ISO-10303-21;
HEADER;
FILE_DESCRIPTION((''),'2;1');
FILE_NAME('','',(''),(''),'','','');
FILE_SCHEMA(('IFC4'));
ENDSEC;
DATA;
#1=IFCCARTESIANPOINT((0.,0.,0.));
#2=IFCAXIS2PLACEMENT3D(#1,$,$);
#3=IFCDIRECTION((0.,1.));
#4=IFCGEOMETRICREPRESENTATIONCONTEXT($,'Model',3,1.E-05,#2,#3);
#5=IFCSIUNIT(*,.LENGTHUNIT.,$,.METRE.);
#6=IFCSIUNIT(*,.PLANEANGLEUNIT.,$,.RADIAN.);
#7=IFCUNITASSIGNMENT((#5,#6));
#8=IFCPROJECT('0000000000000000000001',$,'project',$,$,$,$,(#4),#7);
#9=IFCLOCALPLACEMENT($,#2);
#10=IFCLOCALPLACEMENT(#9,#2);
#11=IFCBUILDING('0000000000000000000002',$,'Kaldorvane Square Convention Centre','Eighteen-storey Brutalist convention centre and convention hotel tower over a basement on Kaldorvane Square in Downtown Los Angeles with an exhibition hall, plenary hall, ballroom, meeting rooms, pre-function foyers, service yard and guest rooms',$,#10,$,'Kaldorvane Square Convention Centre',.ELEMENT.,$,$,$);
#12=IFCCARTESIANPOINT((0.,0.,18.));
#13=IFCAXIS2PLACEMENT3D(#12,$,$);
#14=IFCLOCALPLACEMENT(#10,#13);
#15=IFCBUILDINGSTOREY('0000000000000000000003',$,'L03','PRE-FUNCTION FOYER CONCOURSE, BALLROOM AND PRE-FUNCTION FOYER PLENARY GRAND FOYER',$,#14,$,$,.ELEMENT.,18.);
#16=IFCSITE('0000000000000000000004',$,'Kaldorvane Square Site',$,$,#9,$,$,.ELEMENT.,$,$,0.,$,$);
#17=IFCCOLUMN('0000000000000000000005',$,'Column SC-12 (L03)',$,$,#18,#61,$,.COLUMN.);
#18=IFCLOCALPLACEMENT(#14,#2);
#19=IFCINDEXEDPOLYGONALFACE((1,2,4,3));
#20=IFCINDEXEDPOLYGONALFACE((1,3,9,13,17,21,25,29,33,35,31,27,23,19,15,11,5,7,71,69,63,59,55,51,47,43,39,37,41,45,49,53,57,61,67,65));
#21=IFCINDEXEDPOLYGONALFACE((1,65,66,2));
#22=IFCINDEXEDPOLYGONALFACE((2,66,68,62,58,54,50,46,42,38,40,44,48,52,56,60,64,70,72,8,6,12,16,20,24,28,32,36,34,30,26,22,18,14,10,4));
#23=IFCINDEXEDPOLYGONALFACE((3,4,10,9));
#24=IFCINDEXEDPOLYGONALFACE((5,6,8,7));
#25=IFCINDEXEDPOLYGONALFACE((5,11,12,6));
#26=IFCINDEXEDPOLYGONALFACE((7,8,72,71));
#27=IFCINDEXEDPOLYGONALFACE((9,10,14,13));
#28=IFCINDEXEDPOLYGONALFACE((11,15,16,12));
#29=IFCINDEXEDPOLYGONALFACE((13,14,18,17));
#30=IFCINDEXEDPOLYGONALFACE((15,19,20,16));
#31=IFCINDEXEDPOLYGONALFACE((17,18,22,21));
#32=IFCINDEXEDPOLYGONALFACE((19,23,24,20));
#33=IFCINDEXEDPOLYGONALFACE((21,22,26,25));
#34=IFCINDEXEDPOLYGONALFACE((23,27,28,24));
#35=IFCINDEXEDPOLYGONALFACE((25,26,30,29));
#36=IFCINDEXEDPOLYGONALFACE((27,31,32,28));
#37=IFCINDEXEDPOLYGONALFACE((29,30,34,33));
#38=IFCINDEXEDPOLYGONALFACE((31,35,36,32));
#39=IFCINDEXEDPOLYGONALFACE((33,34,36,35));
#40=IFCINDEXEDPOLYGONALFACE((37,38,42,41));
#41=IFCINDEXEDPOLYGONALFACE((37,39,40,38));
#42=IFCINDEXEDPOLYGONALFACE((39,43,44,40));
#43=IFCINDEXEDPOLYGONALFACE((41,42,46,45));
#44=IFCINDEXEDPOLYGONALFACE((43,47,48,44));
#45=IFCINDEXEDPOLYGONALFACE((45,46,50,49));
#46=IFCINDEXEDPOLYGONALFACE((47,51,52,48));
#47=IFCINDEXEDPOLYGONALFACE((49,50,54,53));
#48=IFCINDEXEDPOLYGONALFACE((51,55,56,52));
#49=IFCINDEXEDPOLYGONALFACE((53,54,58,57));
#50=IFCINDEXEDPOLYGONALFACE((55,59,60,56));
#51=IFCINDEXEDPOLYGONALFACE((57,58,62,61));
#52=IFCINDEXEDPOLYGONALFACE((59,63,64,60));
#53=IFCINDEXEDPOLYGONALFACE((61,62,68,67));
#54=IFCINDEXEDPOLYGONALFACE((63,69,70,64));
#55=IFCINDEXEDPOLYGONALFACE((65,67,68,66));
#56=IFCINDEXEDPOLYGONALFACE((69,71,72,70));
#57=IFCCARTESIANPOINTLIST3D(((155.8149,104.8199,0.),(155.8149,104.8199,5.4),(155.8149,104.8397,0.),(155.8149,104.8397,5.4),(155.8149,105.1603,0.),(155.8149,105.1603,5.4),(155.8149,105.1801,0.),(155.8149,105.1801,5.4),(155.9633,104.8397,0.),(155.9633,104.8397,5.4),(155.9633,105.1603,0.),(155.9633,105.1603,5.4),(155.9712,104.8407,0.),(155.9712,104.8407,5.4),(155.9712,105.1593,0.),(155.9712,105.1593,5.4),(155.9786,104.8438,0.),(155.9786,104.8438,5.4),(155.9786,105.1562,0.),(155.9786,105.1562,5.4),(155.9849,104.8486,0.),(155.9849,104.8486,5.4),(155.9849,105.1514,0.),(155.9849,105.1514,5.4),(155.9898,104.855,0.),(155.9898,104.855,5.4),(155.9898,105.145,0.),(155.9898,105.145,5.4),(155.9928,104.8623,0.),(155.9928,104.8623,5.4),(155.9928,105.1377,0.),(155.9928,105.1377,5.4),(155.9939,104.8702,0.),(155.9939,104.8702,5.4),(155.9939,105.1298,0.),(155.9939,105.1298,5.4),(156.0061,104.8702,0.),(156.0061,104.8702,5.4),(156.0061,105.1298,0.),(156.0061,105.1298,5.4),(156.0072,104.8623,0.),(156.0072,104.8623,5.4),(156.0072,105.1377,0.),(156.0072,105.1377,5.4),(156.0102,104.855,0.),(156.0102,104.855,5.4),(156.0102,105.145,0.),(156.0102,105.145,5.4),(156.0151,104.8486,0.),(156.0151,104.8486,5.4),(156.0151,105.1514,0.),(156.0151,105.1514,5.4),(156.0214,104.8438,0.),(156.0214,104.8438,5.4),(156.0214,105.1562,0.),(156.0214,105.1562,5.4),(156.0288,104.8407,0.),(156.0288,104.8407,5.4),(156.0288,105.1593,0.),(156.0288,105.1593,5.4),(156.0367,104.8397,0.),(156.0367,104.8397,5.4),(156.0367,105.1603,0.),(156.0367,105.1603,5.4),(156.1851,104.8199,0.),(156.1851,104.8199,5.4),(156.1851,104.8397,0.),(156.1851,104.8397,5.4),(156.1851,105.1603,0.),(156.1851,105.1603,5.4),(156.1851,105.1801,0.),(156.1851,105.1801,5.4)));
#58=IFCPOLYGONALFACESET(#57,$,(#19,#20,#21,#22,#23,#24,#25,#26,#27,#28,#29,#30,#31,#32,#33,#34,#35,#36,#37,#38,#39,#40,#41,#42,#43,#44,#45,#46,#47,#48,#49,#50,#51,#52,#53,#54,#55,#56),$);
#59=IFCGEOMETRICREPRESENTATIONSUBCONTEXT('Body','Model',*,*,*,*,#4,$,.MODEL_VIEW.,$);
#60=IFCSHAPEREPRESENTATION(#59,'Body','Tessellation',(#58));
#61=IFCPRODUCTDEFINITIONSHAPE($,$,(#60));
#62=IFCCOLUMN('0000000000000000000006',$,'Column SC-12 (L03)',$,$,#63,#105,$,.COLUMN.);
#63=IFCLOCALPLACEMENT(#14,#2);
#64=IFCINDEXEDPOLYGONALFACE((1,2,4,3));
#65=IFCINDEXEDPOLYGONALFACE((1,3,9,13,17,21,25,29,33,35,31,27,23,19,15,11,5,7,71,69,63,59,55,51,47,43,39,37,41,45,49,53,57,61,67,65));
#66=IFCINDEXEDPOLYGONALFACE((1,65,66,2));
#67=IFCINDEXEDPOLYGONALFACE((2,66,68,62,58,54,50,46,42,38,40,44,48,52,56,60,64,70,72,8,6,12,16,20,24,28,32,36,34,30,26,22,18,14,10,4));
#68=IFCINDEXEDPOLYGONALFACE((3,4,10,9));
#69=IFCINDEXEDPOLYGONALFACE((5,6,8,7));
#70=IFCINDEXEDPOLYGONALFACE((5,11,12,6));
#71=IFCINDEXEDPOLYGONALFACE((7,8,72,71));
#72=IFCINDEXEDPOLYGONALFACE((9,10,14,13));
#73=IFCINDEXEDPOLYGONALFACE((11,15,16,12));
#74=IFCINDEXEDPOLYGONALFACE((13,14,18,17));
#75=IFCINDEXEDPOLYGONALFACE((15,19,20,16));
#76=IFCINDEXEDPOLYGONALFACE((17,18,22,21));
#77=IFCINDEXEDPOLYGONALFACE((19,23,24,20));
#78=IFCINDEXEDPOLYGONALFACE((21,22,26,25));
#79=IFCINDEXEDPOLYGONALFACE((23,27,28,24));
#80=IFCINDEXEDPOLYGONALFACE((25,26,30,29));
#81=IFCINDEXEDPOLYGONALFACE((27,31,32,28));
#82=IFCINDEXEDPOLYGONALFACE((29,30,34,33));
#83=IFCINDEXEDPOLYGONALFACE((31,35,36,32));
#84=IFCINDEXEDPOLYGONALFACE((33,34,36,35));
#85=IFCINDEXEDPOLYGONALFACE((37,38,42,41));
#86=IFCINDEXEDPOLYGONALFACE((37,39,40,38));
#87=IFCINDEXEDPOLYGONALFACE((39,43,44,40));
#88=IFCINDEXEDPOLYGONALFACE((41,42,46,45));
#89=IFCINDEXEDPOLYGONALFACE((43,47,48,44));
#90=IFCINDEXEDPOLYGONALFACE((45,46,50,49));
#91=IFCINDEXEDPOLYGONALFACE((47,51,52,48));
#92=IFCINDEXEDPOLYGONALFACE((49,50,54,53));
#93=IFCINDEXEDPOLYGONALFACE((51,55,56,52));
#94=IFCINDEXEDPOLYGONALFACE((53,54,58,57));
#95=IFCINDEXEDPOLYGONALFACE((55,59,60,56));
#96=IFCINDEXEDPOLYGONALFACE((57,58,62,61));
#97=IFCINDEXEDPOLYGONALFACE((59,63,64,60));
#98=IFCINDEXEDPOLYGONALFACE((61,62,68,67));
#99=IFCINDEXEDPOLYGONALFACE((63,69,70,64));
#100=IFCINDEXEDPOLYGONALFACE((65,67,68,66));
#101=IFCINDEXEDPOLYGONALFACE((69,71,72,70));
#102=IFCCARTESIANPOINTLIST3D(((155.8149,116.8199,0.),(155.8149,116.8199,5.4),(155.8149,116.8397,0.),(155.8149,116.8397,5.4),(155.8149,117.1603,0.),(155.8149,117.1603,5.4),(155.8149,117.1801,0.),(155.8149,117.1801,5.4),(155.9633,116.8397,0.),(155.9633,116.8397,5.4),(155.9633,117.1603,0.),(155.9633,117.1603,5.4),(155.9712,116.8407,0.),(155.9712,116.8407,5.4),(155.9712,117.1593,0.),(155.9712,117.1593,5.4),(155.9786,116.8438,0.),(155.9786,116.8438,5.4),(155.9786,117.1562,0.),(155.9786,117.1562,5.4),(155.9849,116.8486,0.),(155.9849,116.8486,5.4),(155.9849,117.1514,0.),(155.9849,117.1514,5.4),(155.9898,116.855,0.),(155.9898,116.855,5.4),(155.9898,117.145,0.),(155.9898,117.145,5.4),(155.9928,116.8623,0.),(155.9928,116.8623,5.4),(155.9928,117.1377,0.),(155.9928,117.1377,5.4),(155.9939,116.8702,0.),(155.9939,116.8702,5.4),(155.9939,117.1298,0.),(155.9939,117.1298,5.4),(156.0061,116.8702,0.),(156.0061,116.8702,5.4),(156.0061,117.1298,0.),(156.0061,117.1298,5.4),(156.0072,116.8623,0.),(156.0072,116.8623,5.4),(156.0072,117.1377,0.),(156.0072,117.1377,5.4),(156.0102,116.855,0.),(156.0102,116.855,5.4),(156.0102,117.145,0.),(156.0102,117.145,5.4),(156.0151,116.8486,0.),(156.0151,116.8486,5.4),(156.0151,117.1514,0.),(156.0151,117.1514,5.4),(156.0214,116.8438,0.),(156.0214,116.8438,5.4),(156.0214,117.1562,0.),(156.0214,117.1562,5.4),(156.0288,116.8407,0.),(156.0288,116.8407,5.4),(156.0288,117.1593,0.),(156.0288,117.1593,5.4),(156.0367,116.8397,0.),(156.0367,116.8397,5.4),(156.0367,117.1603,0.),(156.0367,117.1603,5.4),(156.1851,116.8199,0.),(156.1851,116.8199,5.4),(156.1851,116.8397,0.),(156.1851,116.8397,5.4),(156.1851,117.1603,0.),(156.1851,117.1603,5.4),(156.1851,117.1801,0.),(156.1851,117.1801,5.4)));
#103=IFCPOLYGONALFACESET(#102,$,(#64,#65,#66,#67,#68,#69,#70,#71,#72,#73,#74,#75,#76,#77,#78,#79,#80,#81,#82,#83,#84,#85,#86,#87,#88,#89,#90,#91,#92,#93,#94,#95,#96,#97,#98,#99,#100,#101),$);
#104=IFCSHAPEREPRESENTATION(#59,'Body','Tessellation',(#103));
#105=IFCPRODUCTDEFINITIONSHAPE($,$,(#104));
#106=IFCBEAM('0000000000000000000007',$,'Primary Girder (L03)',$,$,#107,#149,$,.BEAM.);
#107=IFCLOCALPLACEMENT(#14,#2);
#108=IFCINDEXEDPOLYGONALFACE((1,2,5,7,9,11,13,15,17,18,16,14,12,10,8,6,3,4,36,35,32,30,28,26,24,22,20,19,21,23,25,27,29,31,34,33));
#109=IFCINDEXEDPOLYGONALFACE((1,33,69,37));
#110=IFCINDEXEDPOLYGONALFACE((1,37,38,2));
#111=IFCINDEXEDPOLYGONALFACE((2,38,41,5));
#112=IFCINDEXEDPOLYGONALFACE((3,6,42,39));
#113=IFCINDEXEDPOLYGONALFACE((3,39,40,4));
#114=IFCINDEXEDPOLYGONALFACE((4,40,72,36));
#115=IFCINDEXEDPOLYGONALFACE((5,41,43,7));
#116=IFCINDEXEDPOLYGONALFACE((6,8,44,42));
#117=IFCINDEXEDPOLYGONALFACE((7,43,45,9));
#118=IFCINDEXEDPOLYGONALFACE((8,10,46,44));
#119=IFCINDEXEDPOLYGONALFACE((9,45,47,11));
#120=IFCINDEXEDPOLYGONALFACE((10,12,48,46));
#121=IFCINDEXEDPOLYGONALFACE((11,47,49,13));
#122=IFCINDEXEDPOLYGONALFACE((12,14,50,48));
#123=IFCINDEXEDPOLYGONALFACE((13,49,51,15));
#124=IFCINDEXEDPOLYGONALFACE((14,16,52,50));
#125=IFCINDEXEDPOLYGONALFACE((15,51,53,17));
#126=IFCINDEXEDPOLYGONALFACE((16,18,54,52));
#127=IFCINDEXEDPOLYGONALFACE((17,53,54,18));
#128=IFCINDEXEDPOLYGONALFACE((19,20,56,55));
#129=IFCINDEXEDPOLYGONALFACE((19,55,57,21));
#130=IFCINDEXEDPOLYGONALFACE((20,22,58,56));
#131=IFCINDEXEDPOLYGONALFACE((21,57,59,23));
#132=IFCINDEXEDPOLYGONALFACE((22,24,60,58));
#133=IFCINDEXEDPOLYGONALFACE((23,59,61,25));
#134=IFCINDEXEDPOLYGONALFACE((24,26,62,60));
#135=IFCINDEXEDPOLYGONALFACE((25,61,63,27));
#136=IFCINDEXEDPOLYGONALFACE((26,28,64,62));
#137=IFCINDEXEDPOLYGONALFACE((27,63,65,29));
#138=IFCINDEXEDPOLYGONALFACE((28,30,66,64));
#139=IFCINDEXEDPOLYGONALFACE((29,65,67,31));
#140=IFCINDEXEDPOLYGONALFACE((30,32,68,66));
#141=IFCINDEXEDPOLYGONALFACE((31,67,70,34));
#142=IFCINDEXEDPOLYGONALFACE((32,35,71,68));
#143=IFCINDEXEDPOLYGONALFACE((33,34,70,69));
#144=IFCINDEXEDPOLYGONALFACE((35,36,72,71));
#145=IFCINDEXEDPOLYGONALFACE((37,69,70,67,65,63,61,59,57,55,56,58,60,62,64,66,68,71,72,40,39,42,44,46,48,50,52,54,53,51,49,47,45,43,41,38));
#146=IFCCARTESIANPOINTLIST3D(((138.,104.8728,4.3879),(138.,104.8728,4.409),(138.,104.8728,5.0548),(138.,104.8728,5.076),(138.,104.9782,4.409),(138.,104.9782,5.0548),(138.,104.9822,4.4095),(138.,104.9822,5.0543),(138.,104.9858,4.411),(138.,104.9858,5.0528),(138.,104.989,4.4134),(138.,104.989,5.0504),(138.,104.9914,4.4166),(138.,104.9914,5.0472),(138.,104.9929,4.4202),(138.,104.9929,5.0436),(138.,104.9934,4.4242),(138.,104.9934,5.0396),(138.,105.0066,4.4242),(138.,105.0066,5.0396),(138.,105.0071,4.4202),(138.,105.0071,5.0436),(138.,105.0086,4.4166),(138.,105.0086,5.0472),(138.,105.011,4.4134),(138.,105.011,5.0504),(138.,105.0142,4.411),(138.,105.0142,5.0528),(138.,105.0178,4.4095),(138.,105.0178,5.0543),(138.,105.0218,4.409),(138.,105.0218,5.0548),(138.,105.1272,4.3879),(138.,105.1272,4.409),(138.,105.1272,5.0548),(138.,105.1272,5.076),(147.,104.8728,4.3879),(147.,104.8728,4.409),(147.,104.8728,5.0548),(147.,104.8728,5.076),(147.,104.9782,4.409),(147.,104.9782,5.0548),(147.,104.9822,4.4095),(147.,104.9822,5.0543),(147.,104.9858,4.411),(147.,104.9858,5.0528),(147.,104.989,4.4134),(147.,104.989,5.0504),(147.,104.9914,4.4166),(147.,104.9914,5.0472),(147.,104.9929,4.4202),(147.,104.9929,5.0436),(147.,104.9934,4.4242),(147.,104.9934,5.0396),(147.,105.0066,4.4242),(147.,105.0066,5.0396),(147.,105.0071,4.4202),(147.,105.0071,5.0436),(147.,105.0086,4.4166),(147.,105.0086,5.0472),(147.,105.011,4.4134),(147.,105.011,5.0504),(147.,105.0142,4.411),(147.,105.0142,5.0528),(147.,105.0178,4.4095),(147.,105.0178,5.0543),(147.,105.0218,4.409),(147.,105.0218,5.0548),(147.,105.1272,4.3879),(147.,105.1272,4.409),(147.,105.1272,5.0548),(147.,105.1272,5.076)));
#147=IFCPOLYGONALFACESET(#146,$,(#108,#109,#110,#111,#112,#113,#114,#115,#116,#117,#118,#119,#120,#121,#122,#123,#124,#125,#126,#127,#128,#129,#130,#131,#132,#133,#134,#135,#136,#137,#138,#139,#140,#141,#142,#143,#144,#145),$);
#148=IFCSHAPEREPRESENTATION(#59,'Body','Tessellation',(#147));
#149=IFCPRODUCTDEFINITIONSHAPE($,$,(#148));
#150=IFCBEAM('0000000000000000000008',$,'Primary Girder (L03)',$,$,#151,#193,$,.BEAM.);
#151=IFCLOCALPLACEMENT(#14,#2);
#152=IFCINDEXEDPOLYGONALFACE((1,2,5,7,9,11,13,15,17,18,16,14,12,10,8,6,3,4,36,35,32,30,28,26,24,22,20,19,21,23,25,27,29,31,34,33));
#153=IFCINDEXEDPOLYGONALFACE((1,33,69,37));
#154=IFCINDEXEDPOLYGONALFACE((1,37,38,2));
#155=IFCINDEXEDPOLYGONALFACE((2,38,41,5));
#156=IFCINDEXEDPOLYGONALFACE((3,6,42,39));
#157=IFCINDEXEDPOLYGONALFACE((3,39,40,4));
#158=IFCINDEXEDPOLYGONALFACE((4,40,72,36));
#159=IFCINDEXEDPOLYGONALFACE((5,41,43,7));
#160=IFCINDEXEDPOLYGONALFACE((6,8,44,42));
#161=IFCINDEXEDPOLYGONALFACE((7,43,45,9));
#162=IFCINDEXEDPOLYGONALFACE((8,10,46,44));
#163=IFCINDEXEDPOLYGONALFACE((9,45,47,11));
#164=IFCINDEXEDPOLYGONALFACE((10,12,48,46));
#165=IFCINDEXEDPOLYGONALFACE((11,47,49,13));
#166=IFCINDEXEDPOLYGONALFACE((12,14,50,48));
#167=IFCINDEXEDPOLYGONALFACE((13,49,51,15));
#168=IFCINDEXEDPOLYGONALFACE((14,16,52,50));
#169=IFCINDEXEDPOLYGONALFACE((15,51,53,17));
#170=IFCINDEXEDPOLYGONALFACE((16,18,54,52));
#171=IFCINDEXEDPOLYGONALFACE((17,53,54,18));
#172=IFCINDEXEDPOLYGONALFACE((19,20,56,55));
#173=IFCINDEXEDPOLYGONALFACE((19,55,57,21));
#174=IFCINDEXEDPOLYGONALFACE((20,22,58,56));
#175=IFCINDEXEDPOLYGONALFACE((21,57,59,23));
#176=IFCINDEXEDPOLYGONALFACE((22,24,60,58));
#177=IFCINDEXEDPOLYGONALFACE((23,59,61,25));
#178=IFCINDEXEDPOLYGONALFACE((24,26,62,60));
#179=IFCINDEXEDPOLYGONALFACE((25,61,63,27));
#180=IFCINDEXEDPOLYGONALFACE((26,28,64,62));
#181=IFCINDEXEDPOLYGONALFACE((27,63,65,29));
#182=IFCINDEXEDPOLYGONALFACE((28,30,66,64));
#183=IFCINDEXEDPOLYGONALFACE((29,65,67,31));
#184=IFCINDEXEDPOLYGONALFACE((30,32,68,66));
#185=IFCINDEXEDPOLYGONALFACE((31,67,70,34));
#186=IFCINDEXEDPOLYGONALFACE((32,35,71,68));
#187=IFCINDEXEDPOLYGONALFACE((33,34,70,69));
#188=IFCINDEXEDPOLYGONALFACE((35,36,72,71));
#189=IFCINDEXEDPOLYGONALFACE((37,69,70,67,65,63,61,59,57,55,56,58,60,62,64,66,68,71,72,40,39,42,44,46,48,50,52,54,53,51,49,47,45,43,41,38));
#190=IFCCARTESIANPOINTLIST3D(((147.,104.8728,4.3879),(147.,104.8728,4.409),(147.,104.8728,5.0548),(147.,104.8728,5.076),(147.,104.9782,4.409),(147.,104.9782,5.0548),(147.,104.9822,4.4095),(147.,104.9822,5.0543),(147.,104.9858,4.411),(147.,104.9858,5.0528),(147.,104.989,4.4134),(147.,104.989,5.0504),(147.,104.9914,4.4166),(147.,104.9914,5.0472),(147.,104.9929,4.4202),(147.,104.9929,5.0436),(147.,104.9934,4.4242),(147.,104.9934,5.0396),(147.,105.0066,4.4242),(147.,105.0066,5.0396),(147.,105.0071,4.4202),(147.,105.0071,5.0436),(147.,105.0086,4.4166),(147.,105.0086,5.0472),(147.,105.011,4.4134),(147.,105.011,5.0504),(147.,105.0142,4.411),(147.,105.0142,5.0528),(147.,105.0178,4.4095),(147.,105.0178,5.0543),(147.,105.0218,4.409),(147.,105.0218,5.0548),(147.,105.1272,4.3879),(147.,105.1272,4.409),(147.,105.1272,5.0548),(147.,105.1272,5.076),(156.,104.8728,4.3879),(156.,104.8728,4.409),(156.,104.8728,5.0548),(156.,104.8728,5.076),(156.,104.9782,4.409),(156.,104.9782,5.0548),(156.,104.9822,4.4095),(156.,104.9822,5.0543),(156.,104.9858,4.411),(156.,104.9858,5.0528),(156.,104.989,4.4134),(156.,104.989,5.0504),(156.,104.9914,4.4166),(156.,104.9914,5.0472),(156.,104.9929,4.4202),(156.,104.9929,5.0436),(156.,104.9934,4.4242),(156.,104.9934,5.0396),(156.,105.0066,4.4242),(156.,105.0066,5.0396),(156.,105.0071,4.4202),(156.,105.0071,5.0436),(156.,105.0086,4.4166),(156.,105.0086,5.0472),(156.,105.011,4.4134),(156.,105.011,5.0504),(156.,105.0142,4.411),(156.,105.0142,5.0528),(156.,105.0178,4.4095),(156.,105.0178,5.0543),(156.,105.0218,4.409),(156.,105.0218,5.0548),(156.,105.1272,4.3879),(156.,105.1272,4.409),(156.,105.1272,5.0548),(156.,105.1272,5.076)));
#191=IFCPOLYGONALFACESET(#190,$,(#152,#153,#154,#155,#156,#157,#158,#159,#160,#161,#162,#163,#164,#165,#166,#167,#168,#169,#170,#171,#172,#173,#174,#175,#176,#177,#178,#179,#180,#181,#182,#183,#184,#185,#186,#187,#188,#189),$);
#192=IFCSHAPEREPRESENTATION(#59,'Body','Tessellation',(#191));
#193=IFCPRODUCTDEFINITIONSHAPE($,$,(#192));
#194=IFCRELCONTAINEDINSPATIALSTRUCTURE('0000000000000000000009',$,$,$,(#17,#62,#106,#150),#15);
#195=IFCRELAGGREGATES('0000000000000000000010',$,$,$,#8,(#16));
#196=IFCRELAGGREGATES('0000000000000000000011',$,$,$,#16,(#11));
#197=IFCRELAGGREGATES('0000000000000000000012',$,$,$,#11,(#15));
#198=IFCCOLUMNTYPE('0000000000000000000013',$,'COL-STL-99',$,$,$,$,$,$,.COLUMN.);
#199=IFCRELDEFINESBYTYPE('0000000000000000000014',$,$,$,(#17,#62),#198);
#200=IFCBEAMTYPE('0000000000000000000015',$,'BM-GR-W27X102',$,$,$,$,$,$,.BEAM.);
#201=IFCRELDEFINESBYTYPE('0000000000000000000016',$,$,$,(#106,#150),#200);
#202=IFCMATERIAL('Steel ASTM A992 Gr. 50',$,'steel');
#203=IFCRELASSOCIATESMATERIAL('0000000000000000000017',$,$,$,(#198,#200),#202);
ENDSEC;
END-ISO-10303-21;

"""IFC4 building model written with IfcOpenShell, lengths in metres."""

from ifc_helpers import new_model, si_unit, direction, frame, origin, origin_2d, place, context, subcontext, project, spatial, i_section, extrude, material, material_profile, profile_set, type_object, element, save


model = new_model("IFC4")

# Units and contexts
model_context = context("Model", 3, precision=1e-05, world=origin(), true_north=direction((0.0, 1.0)))
body_context = subcontext(model_context, "Body", "Model", "MODEL_VIEW")
ifc_project = project(units=[si_unit("LENGTHUNIT", "METRE"), si_unit("PLANEANGLEUNIT", "RADIAN")], contexts=[model_context])

# Site, building, storey
site_placement = place(None, origin())
site = spatial("IfcSite", under=ifc_project, at=site_placement, Name="Kaldorvane Square Site", CompositionType="ELEMENT", RefElevation=0.0)
building_placement = place(site_placement, origin())
building = spatial("IfcBuilding", under=site, at=building_placement, Name="Kaldorvane Square Convention Centre", Description="Eighteen-storey Brutalist convention centre and convention hotel tower over a basement on Kaldorvane Square in Downtown Los Angeles with an exhibition hall, plenary hall, ballroom, meeting rooms, pre-function foyers, service yard and guest rooms", LongName="Kaldorvane Square Convention Centre", CompositionType="ELEMENT")
storey_placement = place(building_placement, frame((0.0, 0.0, 18.0)))
storey = spatial("IfcBuildingStorey", under=building, at=storey_placement, Name="L03", Description="PRE-FUNCTION FOYER CONCOURSE, BALLROOM AND PRE-FUNCTION FOYER PLENARY GRAND FOYER", CompositionType="ELEMENT", Elevation=18.0)

# Columns
ifc_material_1 = material(Name="Steel ASTM A992 Gr. 50", Category="steel")
ifc_material_profile_1 = material_profile(ifc_material_1, i_section(OverallWidth=0.3701, OverallDepth=0.3602, WebThickness=0.0123, FlangeThickness=0.0198, FilletRadius=0.0305, at=origin_2d()), Name="W14X99")
ifc_profile_set_1 = profile_set([ifc_material_profile_1], Name="Steel ASTM A992 Gr. 50")
column_type = type_object("IfcColumnType", Name="COL-STL-99", PredefinedType="COLUMN", material=ifc_profile_set_1)
for number, where, z_axis, x_axis, name in (
    (1, (156.0, 105.0, 0.0), (0.0, 0.0, 1.0), (1.0, 0.0, 0.0), "Column SC-12 (L03)"),
    (2, (156.0, 117.0, 0.0), (0.0, 0.0, 1.0), (1.0, 0.0, 0.0), "Column SC-12 (L03)"),
):
    element("IfcColumn", number, at=place(storey_placement, frame(where, z_axis=z_axis, x_axis=x_axis)), inside=storey, type_object=column_type, Name=name, PredefinedType="COLUMN", context=body_context, shape_type="SweptSolid", body=[
        extrude(i_section(OverallWidth=0.3701, OverallDepth=0.3602, WebThickness=0.0123, FlangeThickness=0.0198, FilletRadius=0.0305, at=origin_2d()), origin(), (0.0, 0.0, 1.0), 5.4),
    ])

# Beams
ifc_material_profile_2 = material_profile(ifc_material_1, i_section(OverallWidth=0.2544, OverallDepth=0.6881, WebThickness=0.0131, FlangeThickness=0.0211, FilletRadius=0.0152, at=origin_2d()), Name="W27X102")
ifc_profile_set_2 = profile_set([ifc_material_profile_2], Name="Steel ASTM A992 Gr. 50")
beam_type_1 = type_object("IfcBeamType", Name="BM-GR-W27X102", PredefinedType="BEAM", material=ifc_profile_set_2)
for number, where, z_axis, x_axis, name in (
    (3, (138.0, 105.0, 4.7319), (1.0, 0.0, 0.0), (0.0, 1.0, 0.0), "Primary Girder (L03)"),
    (4, (147.0, 105.0, 4.7319), (1.0, 0.0, 0.0), (0.0, 1.0, 0.0), "Primary Girder (L03)"),
):
    element("IfcBeam", number, at=place(storey_placement, frame(where, z_axis=z_axis, x_axis=x_axis)), inside=storey, type_object=beam_type_1, Name=name, PredefinedType="BEAM", context=body_context, shape_type="SweptSolid", body=[
        extrude(i_section(OverallWidth=0.2544, OverallDepth=0.6881, WebThickness=0.0131, FlangeThickness=0.0211, FilletRadius=0.0152, at=origin_2d()), origin(), (0.0, 0.0, 1.0), 9.0),
    ])

save(model, "model.ifc")
